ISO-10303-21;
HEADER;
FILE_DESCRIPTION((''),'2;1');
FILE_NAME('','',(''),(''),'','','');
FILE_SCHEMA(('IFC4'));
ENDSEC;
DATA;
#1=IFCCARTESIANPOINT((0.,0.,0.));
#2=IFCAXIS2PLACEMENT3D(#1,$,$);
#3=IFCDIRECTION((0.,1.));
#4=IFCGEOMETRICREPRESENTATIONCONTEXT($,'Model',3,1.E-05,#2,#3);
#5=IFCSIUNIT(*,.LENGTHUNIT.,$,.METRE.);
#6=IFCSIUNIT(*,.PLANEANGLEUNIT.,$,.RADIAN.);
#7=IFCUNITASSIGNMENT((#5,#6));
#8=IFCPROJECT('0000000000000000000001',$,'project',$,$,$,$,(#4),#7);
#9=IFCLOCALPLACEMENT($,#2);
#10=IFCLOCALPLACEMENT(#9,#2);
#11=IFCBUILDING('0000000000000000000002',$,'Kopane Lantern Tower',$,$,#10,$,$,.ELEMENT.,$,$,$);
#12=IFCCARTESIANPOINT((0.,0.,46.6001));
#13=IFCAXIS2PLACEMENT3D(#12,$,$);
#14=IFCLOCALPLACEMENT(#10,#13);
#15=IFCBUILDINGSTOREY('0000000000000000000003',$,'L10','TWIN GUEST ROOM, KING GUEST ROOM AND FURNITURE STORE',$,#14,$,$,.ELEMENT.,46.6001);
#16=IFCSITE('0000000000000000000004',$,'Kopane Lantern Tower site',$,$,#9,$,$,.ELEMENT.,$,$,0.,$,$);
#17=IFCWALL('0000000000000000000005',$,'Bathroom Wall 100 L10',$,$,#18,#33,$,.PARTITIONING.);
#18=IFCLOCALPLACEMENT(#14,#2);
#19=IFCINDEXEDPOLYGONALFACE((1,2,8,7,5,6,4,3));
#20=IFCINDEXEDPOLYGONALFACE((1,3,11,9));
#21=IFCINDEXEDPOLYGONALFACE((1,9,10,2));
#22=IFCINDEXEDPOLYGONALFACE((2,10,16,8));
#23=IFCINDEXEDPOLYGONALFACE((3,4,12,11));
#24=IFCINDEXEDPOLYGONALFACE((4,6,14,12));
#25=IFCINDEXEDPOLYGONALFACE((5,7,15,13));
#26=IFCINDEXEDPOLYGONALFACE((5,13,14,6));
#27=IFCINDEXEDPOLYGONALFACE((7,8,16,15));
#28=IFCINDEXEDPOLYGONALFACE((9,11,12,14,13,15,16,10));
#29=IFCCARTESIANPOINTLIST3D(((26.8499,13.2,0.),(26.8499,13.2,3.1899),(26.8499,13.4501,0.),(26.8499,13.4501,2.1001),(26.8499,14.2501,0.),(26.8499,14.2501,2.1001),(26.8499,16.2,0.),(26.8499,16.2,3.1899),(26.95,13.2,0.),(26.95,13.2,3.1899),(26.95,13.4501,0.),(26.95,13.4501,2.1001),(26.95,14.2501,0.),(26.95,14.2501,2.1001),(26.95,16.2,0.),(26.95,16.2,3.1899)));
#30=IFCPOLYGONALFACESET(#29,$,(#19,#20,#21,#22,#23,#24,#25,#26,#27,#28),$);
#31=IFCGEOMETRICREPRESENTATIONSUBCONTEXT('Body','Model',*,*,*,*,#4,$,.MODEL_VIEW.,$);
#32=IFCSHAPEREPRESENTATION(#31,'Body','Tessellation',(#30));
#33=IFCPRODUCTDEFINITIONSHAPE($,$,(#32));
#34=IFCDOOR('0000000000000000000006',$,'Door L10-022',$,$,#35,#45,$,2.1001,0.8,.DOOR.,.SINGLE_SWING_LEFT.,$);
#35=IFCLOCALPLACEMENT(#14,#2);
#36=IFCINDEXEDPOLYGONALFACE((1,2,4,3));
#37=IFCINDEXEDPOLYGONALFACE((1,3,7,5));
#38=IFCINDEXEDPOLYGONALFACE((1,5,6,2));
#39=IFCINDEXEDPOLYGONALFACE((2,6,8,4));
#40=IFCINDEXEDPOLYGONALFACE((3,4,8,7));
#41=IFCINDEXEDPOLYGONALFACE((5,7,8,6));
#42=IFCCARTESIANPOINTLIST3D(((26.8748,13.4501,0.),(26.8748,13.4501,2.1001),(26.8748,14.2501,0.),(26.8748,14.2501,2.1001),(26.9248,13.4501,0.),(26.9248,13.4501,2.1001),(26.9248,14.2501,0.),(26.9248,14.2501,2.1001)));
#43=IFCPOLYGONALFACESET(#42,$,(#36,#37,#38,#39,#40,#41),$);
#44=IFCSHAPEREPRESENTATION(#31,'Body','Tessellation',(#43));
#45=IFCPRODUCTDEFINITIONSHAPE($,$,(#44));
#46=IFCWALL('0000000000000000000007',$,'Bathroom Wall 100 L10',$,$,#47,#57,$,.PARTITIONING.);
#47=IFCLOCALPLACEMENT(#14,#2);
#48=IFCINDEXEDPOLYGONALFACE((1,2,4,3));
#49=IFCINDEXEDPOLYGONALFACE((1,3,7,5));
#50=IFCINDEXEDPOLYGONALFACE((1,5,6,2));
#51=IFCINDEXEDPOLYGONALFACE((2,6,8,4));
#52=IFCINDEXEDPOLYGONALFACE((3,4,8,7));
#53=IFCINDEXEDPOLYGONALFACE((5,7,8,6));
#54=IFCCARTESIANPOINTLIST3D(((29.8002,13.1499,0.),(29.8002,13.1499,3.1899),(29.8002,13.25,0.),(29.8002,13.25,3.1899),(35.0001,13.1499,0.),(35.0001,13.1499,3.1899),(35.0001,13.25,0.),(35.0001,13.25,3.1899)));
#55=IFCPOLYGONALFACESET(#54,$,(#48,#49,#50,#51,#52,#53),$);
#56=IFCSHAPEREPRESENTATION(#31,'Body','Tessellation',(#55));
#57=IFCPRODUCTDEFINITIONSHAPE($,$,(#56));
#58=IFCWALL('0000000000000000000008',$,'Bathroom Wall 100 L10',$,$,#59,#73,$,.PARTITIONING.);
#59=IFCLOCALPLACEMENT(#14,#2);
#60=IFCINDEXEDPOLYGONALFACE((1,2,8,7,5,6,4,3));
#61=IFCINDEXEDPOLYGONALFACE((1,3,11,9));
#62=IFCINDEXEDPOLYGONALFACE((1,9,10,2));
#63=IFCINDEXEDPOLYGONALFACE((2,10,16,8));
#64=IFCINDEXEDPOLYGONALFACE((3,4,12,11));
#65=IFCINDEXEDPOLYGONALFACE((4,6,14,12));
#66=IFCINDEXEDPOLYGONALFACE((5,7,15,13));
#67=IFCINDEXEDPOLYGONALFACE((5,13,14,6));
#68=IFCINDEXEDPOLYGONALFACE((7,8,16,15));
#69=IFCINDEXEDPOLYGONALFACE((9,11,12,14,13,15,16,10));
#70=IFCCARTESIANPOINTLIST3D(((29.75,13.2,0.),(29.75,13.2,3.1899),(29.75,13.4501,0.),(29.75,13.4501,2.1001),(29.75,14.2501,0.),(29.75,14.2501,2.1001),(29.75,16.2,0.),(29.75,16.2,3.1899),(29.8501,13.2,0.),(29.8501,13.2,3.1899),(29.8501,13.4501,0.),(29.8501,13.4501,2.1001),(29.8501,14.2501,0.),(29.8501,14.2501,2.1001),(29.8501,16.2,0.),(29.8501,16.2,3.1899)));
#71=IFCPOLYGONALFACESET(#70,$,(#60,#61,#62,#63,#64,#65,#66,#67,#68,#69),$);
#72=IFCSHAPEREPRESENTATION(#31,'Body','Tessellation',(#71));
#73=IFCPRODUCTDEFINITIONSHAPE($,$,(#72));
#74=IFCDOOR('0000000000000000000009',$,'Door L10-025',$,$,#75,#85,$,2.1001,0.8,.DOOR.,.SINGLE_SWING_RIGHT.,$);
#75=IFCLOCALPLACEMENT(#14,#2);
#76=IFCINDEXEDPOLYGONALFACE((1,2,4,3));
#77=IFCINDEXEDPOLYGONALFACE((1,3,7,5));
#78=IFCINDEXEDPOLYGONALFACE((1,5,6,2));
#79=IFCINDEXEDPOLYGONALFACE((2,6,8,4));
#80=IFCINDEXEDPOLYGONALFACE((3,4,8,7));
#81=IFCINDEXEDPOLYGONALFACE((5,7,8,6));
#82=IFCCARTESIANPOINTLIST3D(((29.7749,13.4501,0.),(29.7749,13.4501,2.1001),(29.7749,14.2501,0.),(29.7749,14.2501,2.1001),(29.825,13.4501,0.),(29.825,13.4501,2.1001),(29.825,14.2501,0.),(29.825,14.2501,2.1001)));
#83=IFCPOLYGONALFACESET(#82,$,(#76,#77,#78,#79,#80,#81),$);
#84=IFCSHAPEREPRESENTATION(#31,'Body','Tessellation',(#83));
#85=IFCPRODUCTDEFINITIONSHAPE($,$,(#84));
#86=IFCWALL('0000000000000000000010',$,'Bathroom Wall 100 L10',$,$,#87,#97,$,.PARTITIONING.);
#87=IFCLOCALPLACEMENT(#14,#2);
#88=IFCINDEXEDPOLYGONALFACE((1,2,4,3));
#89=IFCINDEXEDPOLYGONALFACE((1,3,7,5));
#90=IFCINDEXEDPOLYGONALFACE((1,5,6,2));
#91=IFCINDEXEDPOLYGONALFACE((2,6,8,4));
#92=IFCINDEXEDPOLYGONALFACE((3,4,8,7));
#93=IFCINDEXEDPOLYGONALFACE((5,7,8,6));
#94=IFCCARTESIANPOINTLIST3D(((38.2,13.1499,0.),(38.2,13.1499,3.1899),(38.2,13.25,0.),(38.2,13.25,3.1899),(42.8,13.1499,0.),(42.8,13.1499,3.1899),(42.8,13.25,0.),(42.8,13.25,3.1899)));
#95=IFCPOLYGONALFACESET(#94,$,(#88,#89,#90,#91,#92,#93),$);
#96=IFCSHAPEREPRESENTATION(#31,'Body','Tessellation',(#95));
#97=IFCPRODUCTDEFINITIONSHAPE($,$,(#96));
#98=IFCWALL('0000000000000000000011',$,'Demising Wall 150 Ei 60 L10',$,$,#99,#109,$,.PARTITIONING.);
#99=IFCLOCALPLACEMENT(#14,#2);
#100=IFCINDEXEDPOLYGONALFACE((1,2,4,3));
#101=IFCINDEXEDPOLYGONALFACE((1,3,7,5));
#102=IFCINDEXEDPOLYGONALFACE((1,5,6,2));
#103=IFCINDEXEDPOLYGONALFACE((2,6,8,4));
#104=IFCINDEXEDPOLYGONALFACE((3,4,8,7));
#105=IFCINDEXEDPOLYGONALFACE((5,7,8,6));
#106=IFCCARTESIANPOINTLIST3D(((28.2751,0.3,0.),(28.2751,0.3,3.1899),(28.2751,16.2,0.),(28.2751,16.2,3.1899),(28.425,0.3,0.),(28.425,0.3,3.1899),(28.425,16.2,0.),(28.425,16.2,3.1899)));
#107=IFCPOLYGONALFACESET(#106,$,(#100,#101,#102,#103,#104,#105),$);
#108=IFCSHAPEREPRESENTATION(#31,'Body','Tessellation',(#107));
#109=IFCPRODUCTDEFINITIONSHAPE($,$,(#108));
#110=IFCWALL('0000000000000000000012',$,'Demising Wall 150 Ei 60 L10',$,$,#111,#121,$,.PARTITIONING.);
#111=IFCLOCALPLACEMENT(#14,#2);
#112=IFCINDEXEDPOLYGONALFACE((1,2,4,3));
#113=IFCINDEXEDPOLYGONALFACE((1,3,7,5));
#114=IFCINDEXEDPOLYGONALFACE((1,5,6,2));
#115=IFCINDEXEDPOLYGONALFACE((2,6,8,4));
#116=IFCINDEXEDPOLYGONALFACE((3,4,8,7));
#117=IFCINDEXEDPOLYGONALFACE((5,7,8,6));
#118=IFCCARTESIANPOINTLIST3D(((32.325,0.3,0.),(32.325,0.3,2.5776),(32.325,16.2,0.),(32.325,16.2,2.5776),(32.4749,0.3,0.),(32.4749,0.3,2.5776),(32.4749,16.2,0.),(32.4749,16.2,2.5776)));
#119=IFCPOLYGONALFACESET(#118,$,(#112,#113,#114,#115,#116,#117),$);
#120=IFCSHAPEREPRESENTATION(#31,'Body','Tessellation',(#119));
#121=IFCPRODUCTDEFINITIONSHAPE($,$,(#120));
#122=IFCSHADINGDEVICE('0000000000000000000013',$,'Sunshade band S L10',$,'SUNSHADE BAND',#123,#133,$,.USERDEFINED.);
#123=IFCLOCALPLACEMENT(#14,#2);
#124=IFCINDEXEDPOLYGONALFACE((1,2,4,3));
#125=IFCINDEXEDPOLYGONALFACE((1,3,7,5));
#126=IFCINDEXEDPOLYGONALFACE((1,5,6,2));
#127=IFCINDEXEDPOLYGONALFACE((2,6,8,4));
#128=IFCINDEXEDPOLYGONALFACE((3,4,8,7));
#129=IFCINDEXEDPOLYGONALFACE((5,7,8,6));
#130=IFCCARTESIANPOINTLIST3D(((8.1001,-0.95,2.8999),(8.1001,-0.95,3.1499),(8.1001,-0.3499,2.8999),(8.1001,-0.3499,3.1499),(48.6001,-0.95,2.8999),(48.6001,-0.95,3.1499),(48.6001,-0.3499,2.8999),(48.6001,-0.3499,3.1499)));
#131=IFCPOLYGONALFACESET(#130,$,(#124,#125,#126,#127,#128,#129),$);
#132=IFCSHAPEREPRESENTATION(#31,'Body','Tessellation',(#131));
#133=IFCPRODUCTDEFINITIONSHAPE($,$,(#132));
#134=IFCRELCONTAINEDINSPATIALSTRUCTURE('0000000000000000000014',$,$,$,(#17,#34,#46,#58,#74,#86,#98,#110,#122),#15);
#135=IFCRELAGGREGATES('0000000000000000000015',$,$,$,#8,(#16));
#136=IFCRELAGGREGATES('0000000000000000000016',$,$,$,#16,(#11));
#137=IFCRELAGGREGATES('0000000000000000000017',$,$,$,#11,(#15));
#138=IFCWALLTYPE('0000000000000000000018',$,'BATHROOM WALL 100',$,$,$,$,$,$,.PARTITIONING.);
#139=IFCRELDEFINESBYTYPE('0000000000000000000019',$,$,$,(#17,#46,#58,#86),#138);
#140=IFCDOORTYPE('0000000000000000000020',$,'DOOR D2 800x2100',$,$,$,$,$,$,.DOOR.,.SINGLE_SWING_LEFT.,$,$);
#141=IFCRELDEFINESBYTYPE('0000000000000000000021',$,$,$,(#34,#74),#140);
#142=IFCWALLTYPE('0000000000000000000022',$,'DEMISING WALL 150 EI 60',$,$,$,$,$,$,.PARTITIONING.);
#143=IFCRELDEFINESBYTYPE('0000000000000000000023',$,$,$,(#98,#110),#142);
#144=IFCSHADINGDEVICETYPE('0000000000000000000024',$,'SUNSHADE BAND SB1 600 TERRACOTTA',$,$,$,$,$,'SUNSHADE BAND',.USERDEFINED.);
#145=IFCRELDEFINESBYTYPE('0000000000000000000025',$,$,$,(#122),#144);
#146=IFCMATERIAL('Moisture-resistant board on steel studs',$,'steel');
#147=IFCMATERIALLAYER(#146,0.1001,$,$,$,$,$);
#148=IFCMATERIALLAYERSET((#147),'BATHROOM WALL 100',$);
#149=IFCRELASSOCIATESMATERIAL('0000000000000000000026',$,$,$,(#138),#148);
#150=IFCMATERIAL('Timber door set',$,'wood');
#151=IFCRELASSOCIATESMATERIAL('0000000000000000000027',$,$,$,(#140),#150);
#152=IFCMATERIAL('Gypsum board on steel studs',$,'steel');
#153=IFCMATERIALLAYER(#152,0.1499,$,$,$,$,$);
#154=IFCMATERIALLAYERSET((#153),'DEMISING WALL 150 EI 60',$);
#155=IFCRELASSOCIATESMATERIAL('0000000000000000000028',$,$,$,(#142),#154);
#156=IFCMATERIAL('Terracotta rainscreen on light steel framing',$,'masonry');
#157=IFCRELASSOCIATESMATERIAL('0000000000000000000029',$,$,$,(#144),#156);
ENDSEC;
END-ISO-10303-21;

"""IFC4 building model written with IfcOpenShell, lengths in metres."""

from ifc_helpers import new_model, si_unit, direction, frame, frame_2d, origin, origin_2d, place, context, subcontext, project, spatial, rectangle, extrude, material, layer, layer_set, type_object, element, fill, save


model = new_model("IFC4")

# Units and contexts
model_context = context("Model", 3, precision=1e-05, world=origin(), true_north=direction((0.0, 1.0)))
body_context = subcontext(model_context, "Body", "Model", "MODEL_VIEW")
ifc_project = project(units=[si_unit("LENGTHUNIT", "METRE"), si_unit("PLANEANGLEUNIT", "RADIAN")], contexts=[model_context])

# Site, building, storey
site_placement = place(None, origin())
site = spatial("IfcSite", under=ifc_project, at=site_placement, Name="Kopane Lantern Tower site", CompositionType="ELEMENT", RefElevation=0.0)
building_placement = place(site_placement, origin())
building = spatial("IfcBuilding", under=site, at=building_placement, Name="Kopane Lantern Tower", CompositionType="ELEMENT")
storey_placement = place(building_placement, frame((0.0, 0.0, 46.6001)))
storey = spatial("IfcBuildingStorey", under=building, at=storey_placement, Name="L10", Description="TWIN GUEST ROOM, KING GUEST ROOM AND FURNITURE STORE", CompositionType="ELEMENT", Elevation=46.6001)

# Wall, opening, door
ifc_material_1 = material(Name="Moisture-resistant board on steel studs", Category="steel")
ifc_layer_1 = layer(ifc_material_1, 0.1001)
ifc_layer_set_1 = layer_set([ifc_layer_1], Name="BATHROOM WALL 100")
wall_type_1 = type_object("IfcWallType", Name="BATHROOM WALL 100", PredefinedType="PARTITIONING", material=ifc_layer_set_1)
wall_1_placement = place(storey_placement, frame((26.8999, 16.2, 0.0), z_axis=(0.0, 0.0, 1.0), x_axis=(0.0, -1.0, 0.0)))
wall_1 = element("IfcWall", 1, at=wall_1_placement, inside=storey, type_object=wall_type_1, Name="Bathroom Wall 100 L10", PredefinedType="PARTITIONING", context=body_context, shape_type="SweptSolid", body=[
    extrude(rectangle(XDim=3.0, YDim=0.1001, at=frame_2d((1.5, 0.0))), origin(), (0.0, 0.0, 1.0), 3.1899),
])
opening_1_placement = place(wall_1_placement, frame((1.95, 0.0, 0.0)))
opening_1 = element("IfcOpeningElement", 2, at=opening_1_placement, cuts=wall_1, PredefinedType="OPENING", context=body_context, shape_type="SweptSolid", body=[
    extrude(rectangle(XDim=0.8, YDim=2.1001, at=frame_2d((0.3999, 1.05))), frame((0.0, 0.0601, 0.0), z_axis=(0.0, -1.0, 0.0), x_axis=(1.0, 0.0, 0.0)), (0.0, 0.0, 1.0), 0.1201),
])
ifc_material_2 = material(Name="Timber door set", Category="wood")
door_type = type_object("IfcDoorType", Name="DOOR D2 800x2100", OperationType="SINGLE_SWING_LEFT", PredefinedType="DOOR", material=ifc_material_2)
door_1_placement = place(opening_1_placement, origin())
door_1 = element("IfcDoor", 3, at=door_1_placement, inside=storey, type_object=door_type, Name="Door L10-022", OperationType="SINGLE_SWING_LEFT", OverallHeight=2.1001, OverallWidth=0.8, PredefinedType="DOOR", context=body_context, shape_type="SweptSolid", body=[
    extrude(rectangle(XDim=0.8, YDim=2.1001, at=frame_2d((0.3999, 1.05))), frame((0.0, 0.0249, 0.0), z_axis=(0.0, -1.0, 0.0), x_axis=(1.0, 0.0, 0.0)), (0.0, 0.0, 1.0), 0.05),
])
fill(opening_1, door_1)

# Wall
wall_2_placement = place(storey_placement, frame((29.8, 13.2, 0.0), z_axis=(0.0, 0.0, 1.0), x_axis=(1.0, 0.0, 0.0)))
element("IfcWall", 4, at=wall_2_placement, inside=storey, type_object=wall_type_1, Name="Bathroom Wall 100 L10", PredefinedType="PARTITIONING", context=body_context, shape_type="SweptSolid", body=[
    extrude(rectangle(XDim=5.2, YDim=0.1001, at=frame_2d((2.6001, 0.0))), origin(), (0.0, 0.0, 1.0), 3.1899),
])

# Wall, opening, door
wall_3_placement = place(storey_placement, frame((29.8, 16.2, 0.0), z_axis=(0.0, 0.0, 1.0), x_axis=(0.0, -1.0, 0.0)))
wall_3 = element("IfcWall", 5, at=wall_3_placement, inside=storey, type_object=wall_type_1, Name="Bathroom Wall 100 L10", PredefinedType="PARTITIONING", context=body_context, shape_type="SweptSolid", body=[
    extrude(rectangle(XDim=3.0, YDim=0.1001, at=frame_2d((1.5, 0.0))), origin(), (0.0, 0.0, 1.0), 3.1899),
])
opening_2_placement = place(wall_3_placement, frame((1.95, 0.0, 0.0)))
opening_2 = element("IfcOpeningElement", 6, at=opening_2_placement, cuts=wall_3, PredefinedType="OPENING", context=body_context, shape_type="SweptSolid", body=[
    extrude(rectangle(XDim=0.8, YDim=2.1001, at=frame_2d((0.3999, 1.05))), frame((0.0, 0.0601, 0.0), z_axis=(0.0, -1.0, 0.0), x_axis=(1.0, 0.0, 0.0)), (0.0, 0.0, 1.0), 0.1201),
])
door_2_placement = place(opening_2_placement, origin())
door_2 = element("IfcDoor", 7, at=door_2_placement, inside=storey, type_object=door_type, Name="Door L10-025", OperationType="SINGLE_SWING_RIGHT", OverallHeight=2.1001, OverallWidth=0.8, PredefinedType="DOOR", context=body_context, shape_type="SweptSolid", body=[
    extrude(rectangle(XDim=0.8, YDim=2.1001, at=frame_2d((0.3999, 1.05))), frame((0.0, 0.0249, 0.0), z_axis=(0.0, -1.0, 0.0), x_axis=(1.0, 0.0, 0.0)), (0.0, 0.0, 1.0), 0.05),
])
fill(opening_2, door_2)

# Walls
wall_4_placement = place(storey_placement, frame((38.2, 13.2, 0.0), z_axis=(0.0, 0.0, 1.0), x_axis=(1.0, 0.0, 0.0)))
element("IfcWall", 8, at=wall_4_placement, inside=storey, type_object=wall_type_1, Name="Bathroom Wall 100 L10", PredefinedType="PARTITIONING", context=body_context, shape_type="SweptSolid", body=[
    extrude(rectangle(XDim=4.6001, YDim=0.1001, at=frame_2d((2.3, 0.0))), origin(), (0.0, 0.0, 1.0), 3.1899),
])
ifc_material_3 = material(Name="Gypsum board on steel studs", Category="steel")
ifc_layer_2 = layer(ifc_material_3, 0.1499)
ifc_layer_set_2 = layer_set([ifc_layer_2], Name="DEMISING WALL 150 EI 60")
wall_type_2 = type_object("IfcWallType", Name="DEMISING WALL 150 EI 60", PredefinedType="PARTITIONING", material=ifc_layer_set_2)
wall_5_placement = place(storey_placement, frame((28.3501, 16.2, 0.0), z_axis=(0.0, 0.0, 1.0), x_axis=(0.0, -1.0, 0.0)))
element("IfcWall", 9, at=wall_5_placement, inside=storey, type_object=wall_type_2, Name="Demising Wall 150 Ei 60 L10", PredefinedType="PARTITIONING", context=body_context, shape_type="SweptSolid", body=[
    extrude(rectangle(XDim=15.8999, YDim=0.1499, at=frame_2d((7.95, 0.0))), origin(), (0.0, 0.0, 1.0), 3.1899),
])
wall_6_placement = place(storey_placement, frame((32.3999, 16.2, 0.0), z_axis=(0.0, 0.0, 1.0), x_axis=(0.0, -1.0, 0.0)))
element("IfcWall", 10, at=wall_6_placement, inside=storey, type_object=wall_type_2, Name="Demising Wall 150 Ei 60 L10", PredefinedType="PARTITIONING", context=body_context, shape_type="SweptSolid", body=[
    extrude(rectangle(XDim=15.8999, YDim=0.1499, at=frame_2d((7.95, 0.0))), origin(), (0.0, 0.0, 1.0), 2.5776),
])

# Shading device
ifc_material_4 = material(Name="Terracotta rainscreen on light steel framing", Category="masonry")
shading_device_type = type_object("IfcShadingDeviceType", Name="SUNSHADE BAND SB1 600 TERRACOTTA", ElementType="SUNSHADE BAND", PredefinedType="USERDEFINED", material=ifc_material_4)
shading_device_placement = place(storey_placement, frame((28.3501, -0.6499, 2.8999), z_axis=(0.0, 0.0, 1.0), x_axis=(1.0, 0.0, 0.0)))
element("IfcShadingDevice", 11, at=shading_device_placement, inside=storey, type_object=shading_device_type, Name="Sunshade band S L10", ObjectType="SUNSHADE BAND", PredefinedType="USERDEFINED", context=body_context, shape_type="SweptSolid", body=[
    extrude(rectangle(XDim=40.5, YDim=0.6001, at=origin_2d()), origin(), (0.0, 0.0, 1.0), 0.25),
])

save(model, "model.ifc")
